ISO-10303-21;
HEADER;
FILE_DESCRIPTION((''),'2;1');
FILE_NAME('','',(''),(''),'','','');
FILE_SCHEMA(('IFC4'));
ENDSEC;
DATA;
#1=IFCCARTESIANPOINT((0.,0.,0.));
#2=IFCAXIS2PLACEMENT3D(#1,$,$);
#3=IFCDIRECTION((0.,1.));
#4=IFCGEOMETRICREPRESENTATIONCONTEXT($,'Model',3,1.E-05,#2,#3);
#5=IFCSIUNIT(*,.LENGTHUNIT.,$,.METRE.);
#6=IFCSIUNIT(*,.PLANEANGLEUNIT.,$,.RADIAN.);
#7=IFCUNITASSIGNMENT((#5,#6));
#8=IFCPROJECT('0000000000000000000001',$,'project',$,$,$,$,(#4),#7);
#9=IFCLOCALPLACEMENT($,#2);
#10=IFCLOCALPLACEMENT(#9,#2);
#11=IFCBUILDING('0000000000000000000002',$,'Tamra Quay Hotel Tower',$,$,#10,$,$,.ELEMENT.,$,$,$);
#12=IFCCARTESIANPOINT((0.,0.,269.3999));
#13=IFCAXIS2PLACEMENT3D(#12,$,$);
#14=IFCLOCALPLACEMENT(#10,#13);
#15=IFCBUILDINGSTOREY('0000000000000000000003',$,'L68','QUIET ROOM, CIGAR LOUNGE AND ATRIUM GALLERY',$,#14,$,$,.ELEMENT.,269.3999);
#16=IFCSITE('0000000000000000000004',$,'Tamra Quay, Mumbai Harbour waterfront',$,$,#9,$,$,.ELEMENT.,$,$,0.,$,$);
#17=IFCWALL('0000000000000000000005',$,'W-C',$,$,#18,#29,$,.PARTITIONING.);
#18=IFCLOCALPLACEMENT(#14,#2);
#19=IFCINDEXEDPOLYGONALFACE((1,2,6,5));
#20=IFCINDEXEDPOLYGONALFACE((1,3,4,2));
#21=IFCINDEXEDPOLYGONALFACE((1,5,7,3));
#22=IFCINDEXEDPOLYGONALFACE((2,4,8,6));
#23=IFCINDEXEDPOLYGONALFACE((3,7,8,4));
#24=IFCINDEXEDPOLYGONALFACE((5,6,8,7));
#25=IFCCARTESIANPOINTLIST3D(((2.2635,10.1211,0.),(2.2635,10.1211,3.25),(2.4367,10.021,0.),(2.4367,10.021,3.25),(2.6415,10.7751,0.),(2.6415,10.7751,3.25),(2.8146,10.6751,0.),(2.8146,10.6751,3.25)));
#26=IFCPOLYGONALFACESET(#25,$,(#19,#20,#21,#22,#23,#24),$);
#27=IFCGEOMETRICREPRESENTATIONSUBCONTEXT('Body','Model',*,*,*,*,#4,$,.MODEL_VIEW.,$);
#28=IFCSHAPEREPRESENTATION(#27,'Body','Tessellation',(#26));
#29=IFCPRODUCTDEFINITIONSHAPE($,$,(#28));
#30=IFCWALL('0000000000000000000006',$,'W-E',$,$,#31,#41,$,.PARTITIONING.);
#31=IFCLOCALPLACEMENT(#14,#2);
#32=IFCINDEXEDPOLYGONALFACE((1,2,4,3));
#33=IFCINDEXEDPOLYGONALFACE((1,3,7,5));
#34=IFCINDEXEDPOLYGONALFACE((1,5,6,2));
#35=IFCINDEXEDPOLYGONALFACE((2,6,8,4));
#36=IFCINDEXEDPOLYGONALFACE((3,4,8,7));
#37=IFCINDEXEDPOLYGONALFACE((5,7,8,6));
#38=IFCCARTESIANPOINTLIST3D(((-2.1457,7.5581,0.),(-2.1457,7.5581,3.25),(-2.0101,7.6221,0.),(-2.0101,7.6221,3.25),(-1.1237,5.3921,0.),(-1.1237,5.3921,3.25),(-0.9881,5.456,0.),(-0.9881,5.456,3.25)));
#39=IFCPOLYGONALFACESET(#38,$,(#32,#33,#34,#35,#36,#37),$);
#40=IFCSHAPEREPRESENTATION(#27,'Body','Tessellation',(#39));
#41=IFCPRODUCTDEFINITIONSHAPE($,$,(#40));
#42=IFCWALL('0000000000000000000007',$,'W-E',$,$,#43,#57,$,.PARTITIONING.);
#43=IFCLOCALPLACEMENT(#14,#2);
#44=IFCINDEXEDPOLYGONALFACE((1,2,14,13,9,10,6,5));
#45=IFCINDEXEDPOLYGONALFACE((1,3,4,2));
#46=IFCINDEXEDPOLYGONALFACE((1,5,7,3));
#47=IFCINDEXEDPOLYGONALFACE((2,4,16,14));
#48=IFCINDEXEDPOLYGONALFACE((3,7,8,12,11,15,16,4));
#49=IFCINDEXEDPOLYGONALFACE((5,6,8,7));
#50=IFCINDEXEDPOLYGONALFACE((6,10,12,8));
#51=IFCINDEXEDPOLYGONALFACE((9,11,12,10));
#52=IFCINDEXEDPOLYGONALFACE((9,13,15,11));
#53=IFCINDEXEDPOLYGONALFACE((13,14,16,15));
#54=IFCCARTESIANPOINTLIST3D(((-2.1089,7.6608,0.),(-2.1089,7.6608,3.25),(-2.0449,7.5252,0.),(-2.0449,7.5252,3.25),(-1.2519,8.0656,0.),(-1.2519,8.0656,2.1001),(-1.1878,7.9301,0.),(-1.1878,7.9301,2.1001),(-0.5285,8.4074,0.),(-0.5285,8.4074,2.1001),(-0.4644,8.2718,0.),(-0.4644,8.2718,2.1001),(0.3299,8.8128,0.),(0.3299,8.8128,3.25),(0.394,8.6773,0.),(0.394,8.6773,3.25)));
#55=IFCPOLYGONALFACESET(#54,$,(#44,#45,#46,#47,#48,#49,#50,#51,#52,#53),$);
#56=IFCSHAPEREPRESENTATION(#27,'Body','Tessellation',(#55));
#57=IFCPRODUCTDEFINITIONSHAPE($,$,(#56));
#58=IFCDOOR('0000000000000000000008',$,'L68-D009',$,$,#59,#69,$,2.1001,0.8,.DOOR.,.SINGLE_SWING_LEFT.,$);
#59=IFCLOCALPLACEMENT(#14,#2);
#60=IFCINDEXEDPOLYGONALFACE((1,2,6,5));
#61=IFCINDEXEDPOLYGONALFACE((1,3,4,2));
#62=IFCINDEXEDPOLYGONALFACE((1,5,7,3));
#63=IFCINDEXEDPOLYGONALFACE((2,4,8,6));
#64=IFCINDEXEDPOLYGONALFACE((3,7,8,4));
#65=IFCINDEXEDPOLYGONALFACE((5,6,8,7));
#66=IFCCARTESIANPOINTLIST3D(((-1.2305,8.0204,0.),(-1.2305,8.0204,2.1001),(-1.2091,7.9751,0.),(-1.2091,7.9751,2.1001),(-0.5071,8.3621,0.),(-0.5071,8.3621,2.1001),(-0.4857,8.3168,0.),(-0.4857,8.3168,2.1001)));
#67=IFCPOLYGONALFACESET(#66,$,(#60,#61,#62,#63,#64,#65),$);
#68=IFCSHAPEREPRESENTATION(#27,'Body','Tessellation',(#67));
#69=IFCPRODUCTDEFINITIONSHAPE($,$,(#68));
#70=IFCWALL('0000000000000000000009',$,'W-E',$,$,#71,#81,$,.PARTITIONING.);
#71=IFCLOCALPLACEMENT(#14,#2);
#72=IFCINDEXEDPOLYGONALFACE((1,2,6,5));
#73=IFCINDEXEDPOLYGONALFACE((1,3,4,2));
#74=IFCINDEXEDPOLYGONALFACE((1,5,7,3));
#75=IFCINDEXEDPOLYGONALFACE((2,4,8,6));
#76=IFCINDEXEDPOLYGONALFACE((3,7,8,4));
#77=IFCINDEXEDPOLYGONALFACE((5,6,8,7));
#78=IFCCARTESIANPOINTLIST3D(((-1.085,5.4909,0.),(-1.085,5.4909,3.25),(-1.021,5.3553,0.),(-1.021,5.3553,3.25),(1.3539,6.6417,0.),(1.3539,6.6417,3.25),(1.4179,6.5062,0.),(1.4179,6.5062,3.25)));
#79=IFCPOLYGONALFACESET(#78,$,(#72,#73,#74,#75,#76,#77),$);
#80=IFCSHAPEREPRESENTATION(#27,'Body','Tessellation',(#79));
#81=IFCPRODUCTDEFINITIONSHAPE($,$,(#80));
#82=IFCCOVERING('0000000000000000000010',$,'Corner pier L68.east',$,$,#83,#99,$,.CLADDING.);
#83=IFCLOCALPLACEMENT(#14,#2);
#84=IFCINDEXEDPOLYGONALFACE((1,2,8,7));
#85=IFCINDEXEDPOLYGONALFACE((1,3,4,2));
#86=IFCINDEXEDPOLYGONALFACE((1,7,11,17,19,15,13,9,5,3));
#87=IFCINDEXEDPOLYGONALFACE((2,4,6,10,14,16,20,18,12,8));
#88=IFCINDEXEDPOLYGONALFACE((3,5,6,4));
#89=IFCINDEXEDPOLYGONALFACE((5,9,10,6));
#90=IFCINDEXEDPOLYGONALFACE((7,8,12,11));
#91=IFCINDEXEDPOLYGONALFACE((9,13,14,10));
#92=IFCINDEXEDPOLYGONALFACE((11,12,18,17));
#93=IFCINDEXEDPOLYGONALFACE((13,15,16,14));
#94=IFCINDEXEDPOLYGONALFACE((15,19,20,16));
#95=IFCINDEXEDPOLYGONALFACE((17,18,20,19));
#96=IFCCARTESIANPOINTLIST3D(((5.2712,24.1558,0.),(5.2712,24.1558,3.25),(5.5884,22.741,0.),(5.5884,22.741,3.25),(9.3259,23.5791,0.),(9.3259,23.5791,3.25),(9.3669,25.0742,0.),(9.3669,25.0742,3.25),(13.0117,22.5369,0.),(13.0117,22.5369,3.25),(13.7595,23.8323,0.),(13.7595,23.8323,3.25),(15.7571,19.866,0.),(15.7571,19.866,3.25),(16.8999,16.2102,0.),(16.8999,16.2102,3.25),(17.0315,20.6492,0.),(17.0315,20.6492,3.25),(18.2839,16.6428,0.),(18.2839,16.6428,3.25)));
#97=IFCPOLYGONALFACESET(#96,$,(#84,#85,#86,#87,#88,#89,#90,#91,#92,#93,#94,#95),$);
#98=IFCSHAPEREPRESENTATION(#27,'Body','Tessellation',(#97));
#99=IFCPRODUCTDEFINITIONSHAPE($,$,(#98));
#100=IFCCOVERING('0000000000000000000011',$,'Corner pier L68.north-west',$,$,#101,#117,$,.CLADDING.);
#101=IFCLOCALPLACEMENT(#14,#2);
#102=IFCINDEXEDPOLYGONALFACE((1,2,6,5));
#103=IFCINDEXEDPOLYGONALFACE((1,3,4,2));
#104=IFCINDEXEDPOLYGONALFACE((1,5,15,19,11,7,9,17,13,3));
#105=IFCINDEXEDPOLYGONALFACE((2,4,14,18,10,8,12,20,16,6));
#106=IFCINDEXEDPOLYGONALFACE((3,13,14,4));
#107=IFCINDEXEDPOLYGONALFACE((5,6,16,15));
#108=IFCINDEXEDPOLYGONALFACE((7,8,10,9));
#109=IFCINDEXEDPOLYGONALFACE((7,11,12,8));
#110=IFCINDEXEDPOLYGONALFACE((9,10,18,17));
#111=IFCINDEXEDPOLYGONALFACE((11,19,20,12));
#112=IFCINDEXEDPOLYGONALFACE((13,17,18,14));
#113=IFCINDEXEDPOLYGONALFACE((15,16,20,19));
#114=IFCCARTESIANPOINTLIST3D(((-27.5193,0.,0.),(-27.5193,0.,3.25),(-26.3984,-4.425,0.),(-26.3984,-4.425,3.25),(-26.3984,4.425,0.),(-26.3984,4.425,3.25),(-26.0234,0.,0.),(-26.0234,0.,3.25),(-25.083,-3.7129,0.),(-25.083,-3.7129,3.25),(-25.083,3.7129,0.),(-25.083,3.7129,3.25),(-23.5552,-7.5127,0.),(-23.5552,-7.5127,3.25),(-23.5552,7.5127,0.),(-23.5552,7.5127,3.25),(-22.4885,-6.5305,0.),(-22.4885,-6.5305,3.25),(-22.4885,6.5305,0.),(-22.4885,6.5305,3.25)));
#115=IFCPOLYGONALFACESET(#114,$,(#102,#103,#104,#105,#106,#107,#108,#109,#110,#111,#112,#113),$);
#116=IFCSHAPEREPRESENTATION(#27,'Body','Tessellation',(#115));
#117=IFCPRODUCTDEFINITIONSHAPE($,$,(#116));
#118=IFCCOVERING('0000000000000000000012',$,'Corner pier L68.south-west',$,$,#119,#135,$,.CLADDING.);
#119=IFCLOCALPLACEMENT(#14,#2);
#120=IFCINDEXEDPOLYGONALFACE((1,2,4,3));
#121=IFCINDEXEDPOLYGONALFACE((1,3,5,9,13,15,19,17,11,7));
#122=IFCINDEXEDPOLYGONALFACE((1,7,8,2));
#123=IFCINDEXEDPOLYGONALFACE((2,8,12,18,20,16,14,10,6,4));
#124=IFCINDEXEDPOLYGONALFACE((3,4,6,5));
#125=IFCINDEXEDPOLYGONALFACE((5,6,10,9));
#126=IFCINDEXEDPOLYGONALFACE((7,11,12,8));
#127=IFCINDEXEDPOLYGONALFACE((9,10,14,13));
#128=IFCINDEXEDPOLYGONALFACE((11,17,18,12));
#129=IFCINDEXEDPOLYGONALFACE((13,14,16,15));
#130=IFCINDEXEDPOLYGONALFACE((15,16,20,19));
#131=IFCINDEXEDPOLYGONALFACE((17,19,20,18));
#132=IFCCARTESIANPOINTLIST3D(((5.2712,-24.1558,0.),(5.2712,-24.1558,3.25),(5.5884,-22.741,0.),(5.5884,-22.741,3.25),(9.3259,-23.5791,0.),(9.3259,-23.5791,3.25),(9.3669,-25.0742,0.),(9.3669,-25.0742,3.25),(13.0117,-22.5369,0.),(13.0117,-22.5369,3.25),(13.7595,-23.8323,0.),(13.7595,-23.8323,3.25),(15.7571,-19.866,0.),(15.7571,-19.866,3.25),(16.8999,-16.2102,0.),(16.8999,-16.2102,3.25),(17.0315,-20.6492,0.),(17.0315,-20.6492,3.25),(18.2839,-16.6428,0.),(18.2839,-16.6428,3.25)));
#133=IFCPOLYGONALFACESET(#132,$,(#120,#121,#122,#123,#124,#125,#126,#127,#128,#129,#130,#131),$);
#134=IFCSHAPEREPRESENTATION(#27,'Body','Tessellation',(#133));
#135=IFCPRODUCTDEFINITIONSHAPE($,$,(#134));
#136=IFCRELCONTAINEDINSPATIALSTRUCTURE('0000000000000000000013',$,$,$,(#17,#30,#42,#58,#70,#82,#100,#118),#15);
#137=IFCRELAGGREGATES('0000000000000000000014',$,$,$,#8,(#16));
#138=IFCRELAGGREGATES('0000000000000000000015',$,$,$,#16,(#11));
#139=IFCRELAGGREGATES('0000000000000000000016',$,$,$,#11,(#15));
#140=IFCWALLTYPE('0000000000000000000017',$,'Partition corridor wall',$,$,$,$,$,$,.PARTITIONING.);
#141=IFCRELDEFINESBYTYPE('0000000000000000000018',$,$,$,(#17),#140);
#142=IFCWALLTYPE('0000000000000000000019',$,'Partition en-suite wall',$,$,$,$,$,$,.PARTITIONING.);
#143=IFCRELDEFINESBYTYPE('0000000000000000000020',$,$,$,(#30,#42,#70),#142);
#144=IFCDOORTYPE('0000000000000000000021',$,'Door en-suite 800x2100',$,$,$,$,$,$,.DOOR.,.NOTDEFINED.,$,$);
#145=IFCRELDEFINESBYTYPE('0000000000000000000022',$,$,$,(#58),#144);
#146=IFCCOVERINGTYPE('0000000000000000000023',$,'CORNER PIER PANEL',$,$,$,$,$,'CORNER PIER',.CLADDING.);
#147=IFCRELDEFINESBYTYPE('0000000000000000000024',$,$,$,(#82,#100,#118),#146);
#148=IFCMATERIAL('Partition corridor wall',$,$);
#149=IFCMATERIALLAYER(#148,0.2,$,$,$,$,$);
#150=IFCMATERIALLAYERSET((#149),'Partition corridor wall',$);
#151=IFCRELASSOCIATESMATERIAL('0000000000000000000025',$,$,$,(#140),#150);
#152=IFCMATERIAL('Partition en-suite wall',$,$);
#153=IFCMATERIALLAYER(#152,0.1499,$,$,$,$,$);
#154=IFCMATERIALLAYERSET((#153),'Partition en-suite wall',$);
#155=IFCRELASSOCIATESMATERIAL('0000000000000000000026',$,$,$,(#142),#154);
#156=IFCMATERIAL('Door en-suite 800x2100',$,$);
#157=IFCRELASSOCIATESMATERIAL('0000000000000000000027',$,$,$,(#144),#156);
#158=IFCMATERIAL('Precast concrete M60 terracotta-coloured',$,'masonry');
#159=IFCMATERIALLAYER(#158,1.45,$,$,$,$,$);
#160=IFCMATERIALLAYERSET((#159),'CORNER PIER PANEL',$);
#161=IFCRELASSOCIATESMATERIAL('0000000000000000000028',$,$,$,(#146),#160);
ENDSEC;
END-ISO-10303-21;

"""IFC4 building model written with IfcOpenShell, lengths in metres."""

from ifc_helpers import new_model, si_unit, direction, frame, frame_2d, origin, place, context, subcontext, project, spatial, polyline, rectangle, outline, extrude, material, layer, layer_set, type_object, element, fill, save


model = new_model("IFC4")

# Units and contexts
model_context = context("Model", 3, precision=1e-05, world=origin(), true_north=direction((0.0, 1.0)))
body_context = subcontext(model_context, "Body", "Model", "MODEL_VIEW")
ifc_project = project(units=[si_unit("LENGTHUNIT", "METRE"), si_unit("PLANEANGLEUNIT", "RADIAN")], contexts=[model_context])

# Site, building, storey
site_placement = place(None, origin())
site = spatial("IfcSite", under=ifc_project, at=site_placement, Name="Tamra Quay, Mumbai Harbour waterfront", CompositionType="ELEMENT", RefElevation=0.0)
building_placement = place(site_placement, origin())
building = spatial("IfcBuilding", under=site, at=building_placement, Name="Tamra Quay Hotel Tower", CompositionType="ELEMENT")
storey_placement = place(building_placement, frame((0.0, 0.0, 269.3999)))
storey = spatial("IfcBuildingStorey", under=building, at=storey_placement, Name="L68", Description="QUIET ROOM, CIGAR LOUNGE AND ATRIUM GALLERY", CompositionType="ELEMENT", Elevation=269.3999)

# Walls
ifc_material_1 = material(Name="Partition corridor wall")
ifc_layer_1 = layer(ifc_material_1, 0.2)
ifc_layer_set_1 = layer_set([ifc_layer_1], Name="Partition corridor wall")
wall_type_1 = type_object("IfcWallType", Name="Partition corridor wall", PredefinedType="PARTITIONING", material=ifc_layer_set_1)
wall_1_placement = place(storey_placement, frame((2.3501, 10.071, 0.0), z_axis=(0.0, 0.0, 1.0), x_axis=(0.50031, 0.865846, 0.0)))
element("IfcWall", 1, at=wall_1_placement, inside=storey, type_object=wall_type_1, Name="W-C", PredefinedType="PARTITIONING", context=body_context, shape_type="SweptSolid", body=[
    extrude(rectangle(XDim=0.7554, YDim=0.2, at=frame_2d((0.3777, 0.0))), origin(), (0.0, 0.0, 1.0), 3.25),
])
ifc_material_2 = material(Name="Partition en-suite wall")
ifc_layer_2 = layer(ifc_material_2, 0.1499)
ifc_layer_set_2 = layer_set([ifc_layer_2], Name="Partition en-suite wall")
wall_type_2 = type_object("IfcWallType", Name="Partition en-suite wall", PredefinedType="PARTITIONING", material=ifc_layer_set_2)
wall_2_placement = place(storey_placement, frame((-2.0779, 7.5901, 0.0), z_axis=(0.0, 0.0, 1.0), x_axis=(0.42671, -0.904389, 0.0)))
element("IfcWall", 2, at=wall_2_placement, inside=storey, type_object=wall_type_2, Name="W-E", PredefinedType="PARTITIONING", context=body_context, shape_type="SweptSolid", body=[
    extrude(rectangle(XDim=2.395, YDim=0.1499, at=frame_2d((1.1975, 0.0))), origin(), (0.0, 0.0, 1.0), 3.25),
])

# Wall, opening, door
wall_3_placement = place(storey_placement, frame((-2.0769, 7.593, 0.0), z_axis=(0.0, 0.0, 1.0), x_axis=(0.904196, 0.427117, 0.0)))
wall_3 = element("IfcWall", 3, at=wall_3_placement, inside=storey, type_object=wall_type_2, Name="W-E", PredefinedType="PARTITIONING", context=body_context, shape_type="SweptSolid", body=[
    extrude(rectangle(XDim=2.6973, YDim=0.1499, at=frame_2d((1.3486, 0.0))), origin(), (0.0, 0.0, 1.0), 3.25),
])
opening_1_placement = place(wall_3_placement, frame((0.948, 0.0, 0.0)))
opening_1 = element("IfcOpeningElement", 4, at=opening_1_placement, cuts=wall_3, PredefinedType="OPENING", context=body_context, shape_type="SweptSolid", body=[
    extrude(rectangle(XDim=0.8, YDim=2.1001, at=frame_2d((0.3999, 1.05))), frame((0.0, 0.085, 0.0), z_axis=(0.0, -1.0, 0.0), x_axis=(1.0, 0.0, 0.0)), (0.0, 0.0, 1.0), 0.1699),
])
ifc_material_3 = material(Name="Door en-suite 800x2100")
door_type_1 = type_object("IfcDoorType", Name="Door en-suite 800x2100", OperationType="NOTDEFINED", PredefinedType="DOOR", material=ifc_material_3)
door_1_placement = place(opening_1_placement, origin())
door_1 = element("IfcDoor", 5, at=door_1_placement, inside=storey, type_object=door_type_1, Name="L68-D009", OperationType="SINGLE_SWING_LEFT", OverallHeight=2.1001, OverallWidth=0.8, PredefinedType="DOOR", context=body_context, shape_type="SweptSolid", body=[
    extrude(rectangle(XDim=0.8, YDim=2.1001, at=frame_2d((0.3999, 1.05))), frame((0.0, 0.0249, 0.0), z_axis=(0.0, -1.0, 0.0), x_axis=(1.0, 0.0, 0.0)), (0.0, 0.0, 1.0), 0.05),
])
fill(opening_1, door_1)

# Wall
wall_4_placement = place(storey_placement, frame((-1.053, 5.4231, 0.0), z_axis=(0.0, 0.0, 1.0), x_axis=(0.904371, 0.426747, 0.0)))
element("IfcWall", 6, at=wall_4_placement, inside=storey, type_object=wall_type_2, Name="W-E", PredefinedType="PARTITIONING", context=body_context, shape_type="SweptSolid", body=[
    extrude(rectangle(XDim=2.6968, YDim=0.1499, at=frame_2d((1.3484, 0.0))), origin(), (0.0, 0.0, 1.0), 3.25),
])

# Coverings
ifc_material_4 = material(Name="Precast concrete M60 terracotta-coloured", Category="masonry")
ifc_layer_3 = layer(ifc_material_4, 1.45)
ifc_layer_set_3 = layer_set([ifc_layer_3], Name="CORNER PIER PANEL")
covering_type = type_object("IfcCoveringType", Name="CORNER PIER PANEL", ElementType="CORNER PIER", PredefinedType="CLADDING", material=ifc_layer_set_3)
covering_1_placement = place(storey_placement, origin())
element("IfcCovering", 7, at=covering_1_placement, inside=storey, type_object=covering_type, Name="Corner pier L68.east", PredefinedType="CLADDING", context=body_context, shape_type="SweptSolid", body=[
    extrude(outline(polyline([(16.8999, 16.2102), (18.2839, 16.6428), (17.0315, 20.6492), (13.7595, 23.8323), (9.3669, 25.0742), (5.2712, 24.1558), (5.5884, 22.741), (9.3259, 23.5791), (13.0117, 22.5369), (15.7571, 19.866), (16.8999, 16.2102)])), origin(), (0.0, 0.0, 1.0), 3.25),
])
covering_2_placement = place(storey_placement, origin())
element("IfcCovering", 8, at=covering_2_placement, inside=storey, type_object=covering_type, Name="Corner pier L68.north-west", PredefinedType="CLADDING", context=body_context, shape_type="SweptSolid", body=[
    extrude(outline(polyline([(-22.4885, 6.5305), (-23.5552, 7.5127), (-26.3984, 4.425), (-27.5193, 0.0), (-26.3984, -4.425), (-23.5552, -7.5127), (-22.4885, -6.5305), (-25.083, -3.7129), (-26.0234, 0.0), (-25.083, 3.7129), (-22.4885, 6.5305)])), origin(), (0.0, 0.0, 1.0), 3.25),
])
covering_3_placement = place(storey_placement, origin())
element("IfcCovering", 9, at=covering_3_placement, inside=storey, type_object=covering_type, Name="Corner pier L68.south-west", PredefinedType="CLADDING", context=body_context, shape_type="SweptSolid", body=[
    extrude(outline(polyline([(5.5884, -22.741), (5.2712, -24.1558), (9.3669, -25.0742), (13.7595, -23.8323), (17.0315, -20.6492), (18.2839, -16.6428), (16.8999, -16.2102), (15.7571, -19.866), (13.0117, -22.5369), (9.3259, -23.5791), (5.5884, -22.741)])), origin(), (0.0, 0.0, 1.0), 3.25),
])

save(model, "model.ifc")
